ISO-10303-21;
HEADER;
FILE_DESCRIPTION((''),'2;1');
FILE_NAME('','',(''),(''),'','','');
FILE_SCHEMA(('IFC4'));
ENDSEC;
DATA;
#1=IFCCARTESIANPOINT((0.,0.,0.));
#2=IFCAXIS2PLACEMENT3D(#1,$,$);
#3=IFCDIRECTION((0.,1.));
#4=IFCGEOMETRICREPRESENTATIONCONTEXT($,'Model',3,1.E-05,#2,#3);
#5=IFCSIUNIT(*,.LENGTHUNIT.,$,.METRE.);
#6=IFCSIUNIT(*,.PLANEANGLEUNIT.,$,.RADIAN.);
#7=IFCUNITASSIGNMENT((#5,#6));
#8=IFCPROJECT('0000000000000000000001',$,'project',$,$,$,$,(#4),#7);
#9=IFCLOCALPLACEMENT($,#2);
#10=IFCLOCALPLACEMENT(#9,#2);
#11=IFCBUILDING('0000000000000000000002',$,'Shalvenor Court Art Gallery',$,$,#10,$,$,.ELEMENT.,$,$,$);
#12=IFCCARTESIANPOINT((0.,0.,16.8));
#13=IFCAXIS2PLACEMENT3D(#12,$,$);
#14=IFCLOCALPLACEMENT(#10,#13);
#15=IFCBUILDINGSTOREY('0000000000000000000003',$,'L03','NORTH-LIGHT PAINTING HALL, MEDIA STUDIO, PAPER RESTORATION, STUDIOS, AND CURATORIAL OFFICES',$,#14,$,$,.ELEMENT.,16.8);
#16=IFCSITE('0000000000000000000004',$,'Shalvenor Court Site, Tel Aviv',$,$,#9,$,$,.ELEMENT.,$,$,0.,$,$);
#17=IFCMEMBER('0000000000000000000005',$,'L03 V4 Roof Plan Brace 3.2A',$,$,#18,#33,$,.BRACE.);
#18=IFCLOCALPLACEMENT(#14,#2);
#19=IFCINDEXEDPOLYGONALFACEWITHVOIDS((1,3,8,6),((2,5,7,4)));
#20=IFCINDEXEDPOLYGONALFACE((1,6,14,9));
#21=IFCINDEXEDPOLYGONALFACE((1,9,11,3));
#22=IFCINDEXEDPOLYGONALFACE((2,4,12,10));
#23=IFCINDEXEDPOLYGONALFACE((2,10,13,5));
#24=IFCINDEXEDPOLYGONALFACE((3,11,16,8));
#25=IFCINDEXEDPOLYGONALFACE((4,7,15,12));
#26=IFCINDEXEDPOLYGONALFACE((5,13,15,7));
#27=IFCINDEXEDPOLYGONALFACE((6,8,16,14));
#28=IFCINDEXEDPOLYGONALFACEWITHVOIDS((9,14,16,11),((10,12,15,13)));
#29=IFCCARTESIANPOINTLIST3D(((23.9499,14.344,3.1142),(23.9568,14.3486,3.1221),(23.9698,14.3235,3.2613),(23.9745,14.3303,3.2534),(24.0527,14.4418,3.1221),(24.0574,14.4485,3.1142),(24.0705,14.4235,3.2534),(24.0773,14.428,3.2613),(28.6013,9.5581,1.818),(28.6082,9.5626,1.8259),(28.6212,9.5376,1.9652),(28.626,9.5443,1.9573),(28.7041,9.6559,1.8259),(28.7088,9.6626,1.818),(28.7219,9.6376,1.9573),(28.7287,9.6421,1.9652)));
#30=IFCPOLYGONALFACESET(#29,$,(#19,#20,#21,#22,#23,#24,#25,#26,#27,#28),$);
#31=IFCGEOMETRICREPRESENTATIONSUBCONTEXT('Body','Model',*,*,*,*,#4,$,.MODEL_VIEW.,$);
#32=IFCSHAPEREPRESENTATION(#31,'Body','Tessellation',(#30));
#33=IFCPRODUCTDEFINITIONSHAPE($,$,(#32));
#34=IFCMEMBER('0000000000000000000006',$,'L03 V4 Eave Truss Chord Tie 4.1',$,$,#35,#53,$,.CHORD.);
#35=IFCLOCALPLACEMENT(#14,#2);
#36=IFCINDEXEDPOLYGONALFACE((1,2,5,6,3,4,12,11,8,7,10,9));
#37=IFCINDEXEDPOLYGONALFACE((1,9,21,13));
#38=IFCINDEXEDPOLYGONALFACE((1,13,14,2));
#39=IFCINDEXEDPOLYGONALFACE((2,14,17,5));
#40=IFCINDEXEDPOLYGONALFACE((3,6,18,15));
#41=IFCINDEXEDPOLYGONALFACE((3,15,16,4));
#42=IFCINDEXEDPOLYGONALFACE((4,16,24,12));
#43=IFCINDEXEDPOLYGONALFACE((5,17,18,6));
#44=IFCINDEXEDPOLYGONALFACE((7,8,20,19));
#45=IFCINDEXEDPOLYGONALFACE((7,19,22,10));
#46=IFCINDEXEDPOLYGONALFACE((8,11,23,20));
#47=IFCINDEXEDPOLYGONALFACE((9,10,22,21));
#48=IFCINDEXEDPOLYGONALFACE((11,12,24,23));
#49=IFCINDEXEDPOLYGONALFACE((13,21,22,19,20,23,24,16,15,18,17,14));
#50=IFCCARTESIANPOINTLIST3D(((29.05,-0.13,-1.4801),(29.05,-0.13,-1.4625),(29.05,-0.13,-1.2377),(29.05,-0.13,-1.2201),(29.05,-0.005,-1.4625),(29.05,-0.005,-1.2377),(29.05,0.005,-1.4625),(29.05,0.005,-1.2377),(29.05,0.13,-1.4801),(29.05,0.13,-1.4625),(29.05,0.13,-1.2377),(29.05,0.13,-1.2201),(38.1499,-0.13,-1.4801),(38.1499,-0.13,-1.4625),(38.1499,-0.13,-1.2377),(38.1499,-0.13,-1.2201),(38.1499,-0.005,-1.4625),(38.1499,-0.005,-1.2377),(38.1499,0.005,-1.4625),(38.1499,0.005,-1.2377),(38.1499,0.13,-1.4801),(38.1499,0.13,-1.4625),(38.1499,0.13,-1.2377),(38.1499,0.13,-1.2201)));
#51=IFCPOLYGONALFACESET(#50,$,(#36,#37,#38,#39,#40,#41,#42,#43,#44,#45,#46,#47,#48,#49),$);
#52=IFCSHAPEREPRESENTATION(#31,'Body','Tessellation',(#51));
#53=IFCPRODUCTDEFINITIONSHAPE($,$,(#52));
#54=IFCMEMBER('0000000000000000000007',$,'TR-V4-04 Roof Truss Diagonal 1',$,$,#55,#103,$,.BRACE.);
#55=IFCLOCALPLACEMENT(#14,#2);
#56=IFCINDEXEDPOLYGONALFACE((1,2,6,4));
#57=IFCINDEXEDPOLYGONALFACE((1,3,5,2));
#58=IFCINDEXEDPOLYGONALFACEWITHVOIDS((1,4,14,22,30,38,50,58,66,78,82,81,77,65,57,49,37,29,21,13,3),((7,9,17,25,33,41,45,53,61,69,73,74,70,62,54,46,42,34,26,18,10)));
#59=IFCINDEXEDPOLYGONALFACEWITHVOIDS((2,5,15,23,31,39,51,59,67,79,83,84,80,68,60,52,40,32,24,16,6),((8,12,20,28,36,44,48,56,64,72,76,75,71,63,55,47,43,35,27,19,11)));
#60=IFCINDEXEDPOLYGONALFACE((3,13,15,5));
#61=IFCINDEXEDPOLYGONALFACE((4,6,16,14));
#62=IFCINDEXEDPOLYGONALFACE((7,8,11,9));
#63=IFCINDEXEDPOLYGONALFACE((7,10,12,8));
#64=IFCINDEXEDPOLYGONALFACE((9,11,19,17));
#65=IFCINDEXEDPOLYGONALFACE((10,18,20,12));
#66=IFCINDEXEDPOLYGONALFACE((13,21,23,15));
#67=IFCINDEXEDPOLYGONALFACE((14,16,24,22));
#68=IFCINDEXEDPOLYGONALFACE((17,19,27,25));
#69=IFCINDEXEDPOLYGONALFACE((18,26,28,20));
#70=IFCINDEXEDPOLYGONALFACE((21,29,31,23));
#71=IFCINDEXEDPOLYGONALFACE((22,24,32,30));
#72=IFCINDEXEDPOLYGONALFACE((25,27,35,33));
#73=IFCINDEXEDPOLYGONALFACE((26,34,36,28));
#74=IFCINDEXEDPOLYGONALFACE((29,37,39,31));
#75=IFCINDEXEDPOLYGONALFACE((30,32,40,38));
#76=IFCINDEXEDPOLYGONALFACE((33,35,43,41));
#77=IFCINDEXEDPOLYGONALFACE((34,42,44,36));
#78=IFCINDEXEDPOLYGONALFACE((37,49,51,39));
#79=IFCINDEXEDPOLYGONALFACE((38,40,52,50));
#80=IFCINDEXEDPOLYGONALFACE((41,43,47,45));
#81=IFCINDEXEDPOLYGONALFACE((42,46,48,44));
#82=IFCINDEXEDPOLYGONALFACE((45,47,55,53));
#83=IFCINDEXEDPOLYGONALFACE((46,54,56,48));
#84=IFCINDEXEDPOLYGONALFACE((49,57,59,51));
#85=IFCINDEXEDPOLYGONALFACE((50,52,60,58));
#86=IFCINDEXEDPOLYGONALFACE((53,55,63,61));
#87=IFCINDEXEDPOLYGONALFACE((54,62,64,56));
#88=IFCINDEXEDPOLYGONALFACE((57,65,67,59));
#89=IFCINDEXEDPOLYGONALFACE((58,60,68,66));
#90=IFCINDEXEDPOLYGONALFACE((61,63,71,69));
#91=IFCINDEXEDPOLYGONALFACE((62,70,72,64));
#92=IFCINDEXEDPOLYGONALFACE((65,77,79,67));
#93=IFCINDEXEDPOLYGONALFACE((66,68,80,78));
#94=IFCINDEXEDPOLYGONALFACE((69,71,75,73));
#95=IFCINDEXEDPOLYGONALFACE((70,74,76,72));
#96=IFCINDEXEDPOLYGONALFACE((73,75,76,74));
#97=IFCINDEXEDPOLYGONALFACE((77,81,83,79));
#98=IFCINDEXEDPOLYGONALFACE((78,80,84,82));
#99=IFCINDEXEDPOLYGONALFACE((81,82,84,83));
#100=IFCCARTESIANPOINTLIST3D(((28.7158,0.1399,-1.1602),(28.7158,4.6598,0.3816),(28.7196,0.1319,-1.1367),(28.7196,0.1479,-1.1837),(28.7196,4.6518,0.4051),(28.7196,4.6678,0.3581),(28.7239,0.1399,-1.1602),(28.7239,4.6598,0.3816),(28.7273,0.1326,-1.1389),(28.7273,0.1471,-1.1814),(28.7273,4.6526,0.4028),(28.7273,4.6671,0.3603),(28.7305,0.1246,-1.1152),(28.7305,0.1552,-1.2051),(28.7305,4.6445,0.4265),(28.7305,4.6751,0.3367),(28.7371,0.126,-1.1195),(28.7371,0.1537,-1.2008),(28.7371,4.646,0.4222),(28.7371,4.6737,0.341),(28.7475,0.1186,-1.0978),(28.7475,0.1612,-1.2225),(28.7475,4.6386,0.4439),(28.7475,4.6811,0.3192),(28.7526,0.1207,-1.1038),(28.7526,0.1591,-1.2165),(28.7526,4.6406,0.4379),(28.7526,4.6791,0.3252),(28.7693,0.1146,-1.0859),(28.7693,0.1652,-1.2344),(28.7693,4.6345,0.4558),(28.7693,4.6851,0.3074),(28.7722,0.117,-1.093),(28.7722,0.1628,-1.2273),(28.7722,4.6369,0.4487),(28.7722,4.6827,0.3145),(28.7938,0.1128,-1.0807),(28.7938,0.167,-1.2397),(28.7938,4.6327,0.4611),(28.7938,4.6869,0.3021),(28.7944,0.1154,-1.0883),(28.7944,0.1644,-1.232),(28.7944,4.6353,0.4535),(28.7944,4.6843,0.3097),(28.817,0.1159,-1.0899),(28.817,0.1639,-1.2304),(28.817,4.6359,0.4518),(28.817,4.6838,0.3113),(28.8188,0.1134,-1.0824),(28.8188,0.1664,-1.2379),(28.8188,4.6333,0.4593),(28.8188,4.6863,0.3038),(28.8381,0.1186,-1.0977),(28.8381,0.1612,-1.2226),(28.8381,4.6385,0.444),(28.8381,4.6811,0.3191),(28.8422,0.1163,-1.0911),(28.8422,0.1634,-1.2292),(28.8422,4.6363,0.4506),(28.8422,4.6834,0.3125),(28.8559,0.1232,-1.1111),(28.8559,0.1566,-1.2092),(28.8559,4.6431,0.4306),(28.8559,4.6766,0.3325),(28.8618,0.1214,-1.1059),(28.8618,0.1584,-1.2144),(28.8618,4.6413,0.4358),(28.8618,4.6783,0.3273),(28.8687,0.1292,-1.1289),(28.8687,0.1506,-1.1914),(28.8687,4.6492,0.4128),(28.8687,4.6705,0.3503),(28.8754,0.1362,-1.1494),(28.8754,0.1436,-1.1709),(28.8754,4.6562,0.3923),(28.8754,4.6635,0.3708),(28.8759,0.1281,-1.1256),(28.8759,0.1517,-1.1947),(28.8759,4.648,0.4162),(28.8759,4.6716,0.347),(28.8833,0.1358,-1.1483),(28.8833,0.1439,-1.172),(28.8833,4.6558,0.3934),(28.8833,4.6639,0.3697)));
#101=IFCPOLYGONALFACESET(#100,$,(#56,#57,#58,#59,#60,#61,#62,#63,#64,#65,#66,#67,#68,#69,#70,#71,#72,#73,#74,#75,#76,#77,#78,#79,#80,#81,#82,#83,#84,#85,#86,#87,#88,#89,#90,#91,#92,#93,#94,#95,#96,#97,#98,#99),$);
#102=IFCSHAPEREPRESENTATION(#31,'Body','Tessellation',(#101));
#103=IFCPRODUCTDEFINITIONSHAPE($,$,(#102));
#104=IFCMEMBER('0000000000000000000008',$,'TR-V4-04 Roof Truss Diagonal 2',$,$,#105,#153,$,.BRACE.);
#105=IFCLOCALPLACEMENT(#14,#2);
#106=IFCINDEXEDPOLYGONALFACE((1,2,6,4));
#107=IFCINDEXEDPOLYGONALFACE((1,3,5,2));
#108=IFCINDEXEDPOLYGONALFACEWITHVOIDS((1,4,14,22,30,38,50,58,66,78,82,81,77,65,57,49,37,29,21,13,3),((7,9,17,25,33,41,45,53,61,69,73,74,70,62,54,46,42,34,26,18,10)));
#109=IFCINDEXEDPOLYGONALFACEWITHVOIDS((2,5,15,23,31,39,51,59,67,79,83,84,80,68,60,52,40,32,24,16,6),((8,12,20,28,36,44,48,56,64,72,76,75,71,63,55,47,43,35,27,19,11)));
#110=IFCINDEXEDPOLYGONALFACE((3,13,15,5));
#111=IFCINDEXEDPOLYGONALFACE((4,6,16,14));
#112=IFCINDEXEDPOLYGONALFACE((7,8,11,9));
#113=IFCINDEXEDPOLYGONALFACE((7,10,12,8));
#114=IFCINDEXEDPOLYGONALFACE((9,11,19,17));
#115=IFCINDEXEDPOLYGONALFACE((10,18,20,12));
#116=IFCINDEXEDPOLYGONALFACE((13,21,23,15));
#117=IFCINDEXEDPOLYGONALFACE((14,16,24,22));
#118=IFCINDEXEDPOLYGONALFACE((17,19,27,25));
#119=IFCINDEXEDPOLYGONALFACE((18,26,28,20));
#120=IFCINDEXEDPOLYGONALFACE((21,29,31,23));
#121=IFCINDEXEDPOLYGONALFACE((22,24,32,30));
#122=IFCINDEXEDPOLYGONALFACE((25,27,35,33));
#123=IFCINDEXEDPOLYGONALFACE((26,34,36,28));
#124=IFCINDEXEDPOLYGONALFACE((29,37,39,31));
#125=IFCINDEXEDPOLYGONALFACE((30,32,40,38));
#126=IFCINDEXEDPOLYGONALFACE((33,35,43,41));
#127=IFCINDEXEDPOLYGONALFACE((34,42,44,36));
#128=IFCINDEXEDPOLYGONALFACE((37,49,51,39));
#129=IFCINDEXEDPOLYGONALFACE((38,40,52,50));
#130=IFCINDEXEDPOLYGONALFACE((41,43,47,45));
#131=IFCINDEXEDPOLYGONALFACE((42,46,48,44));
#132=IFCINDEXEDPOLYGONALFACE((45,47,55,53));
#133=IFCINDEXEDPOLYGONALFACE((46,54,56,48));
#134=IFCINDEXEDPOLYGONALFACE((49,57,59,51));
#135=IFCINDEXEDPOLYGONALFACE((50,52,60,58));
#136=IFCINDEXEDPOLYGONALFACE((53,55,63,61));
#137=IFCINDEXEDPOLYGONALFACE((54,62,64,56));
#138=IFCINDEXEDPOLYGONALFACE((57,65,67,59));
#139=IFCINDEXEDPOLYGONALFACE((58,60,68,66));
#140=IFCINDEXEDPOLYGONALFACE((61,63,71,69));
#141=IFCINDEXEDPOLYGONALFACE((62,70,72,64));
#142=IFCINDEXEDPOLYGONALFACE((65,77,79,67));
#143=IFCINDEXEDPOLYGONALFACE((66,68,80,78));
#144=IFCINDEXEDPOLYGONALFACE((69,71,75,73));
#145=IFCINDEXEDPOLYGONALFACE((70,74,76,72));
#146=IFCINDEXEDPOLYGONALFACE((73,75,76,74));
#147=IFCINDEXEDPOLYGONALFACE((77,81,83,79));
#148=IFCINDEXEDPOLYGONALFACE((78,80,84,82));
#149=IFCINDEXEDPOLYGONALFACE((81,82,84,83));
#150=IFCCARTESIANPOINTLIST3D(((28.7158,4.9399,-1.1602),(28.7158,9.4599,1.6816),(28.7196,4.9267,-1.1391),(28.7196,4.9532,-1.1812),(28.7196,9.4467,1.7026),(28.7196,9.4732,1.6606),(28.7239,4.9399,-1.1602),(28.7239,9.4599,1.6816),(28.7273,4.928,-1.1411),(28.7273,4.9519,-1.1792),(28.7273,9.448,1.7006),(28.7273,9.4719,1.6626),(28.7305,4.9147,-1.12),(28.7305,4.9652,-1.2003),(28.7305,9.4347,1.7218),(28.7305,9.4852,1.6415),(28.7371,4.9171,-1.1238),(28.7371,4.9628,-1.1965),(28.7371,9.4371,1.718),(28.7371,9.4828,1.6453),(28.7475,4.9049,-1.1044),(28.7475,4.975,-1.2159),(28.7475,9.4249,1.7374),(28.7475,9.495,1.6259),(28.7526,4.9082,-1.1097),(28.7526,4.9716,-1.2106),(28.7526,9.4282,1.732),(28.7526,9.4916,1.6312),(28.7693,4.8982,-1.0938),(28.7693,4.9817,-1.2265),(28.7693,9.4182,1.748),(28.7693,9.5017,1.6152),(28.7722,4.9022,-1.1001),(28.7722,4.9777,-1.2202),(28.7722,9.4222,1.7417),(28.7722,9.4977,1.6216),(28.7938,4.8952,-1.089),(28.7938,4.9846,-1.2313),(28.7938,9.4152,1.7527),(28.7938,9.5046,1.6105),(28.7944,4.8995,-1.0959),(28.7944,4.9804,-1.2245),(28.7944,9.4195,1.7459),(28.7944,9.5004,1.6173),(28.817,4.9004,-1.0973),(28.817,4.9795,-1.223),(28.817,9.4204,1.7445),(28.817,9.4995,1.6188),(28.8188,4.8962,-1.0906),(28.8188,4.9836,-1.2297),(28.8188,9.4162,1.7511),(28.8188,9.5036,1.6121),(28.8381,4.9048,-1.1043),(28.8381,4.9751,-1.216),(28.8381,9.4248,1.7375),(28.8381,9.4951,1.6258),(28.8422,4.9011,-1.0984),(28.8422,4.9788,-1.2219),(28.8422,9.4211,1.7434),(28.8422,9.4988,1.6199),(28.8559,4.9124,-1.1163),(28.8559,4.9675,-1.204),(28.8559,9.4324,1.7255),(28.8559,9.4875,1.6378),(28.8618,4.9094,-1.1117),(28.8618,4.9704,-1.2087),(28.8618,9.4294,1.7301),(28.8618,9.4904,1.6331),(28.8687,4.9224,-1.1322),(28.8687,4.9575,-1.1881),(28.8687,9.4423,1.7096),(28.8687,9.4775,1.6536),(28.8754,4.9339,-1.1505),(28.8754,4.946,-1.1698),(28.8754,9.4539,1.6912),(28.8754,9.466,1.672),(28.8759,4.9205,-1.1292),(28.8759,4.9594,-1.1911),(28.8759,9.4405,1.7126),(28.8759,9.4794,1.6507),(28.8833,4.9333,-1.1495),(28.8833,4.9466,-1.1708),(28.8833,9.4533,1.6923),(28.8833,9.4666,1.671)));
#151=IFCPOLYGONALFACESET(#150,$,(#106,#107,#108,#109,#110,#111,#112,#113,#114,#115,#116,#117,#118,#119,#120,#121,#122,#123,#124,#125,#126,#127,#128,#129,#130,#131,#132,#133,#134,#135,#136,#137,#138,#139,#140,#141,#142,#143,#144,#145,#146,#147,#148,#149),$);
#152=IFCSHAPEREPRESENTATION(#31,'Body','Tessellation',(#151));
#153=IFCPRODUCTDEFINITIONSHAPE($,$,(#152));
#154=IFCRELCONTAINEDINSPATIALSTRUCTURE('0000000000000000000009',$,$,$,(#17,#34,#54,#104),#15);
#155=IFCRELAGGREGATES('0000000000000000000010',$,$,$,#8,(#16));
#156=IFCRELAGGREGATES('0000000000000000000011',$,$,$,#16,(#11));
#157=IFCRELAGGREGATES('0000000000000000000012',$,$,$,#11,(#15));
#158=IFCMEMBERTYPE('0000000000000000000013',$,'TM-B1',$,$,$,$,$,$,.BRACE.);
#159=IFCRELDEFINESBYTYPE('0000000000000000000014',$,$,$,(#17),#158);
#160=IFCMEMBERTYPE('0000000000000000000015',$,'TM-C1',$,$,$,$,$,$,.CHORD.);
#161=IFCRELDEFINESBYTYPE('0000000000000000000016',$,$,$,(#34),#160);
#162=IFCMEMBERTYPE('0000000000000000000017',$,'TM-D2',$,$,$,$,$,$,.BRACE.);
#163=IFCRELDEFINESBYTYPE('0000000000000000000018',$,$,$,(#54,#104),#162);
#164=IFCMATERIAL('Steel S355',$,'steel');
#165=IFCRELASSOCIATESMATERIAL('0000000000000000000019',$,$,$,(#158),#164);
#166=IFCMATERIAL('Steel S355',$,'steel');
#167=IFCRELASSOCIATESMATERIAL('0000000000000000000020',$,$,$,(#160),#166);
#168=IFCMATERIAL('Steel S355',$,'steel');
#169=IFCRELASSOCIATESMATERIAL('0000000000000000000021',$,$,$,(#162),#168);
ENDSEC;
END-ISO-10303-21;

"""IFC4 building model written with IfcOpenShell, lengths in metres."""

from ifc_helpers import new_model, si_unit, direction, frame, origin, origin_2d, place, context, subcontext, project, spatial, hollow_rectangle, hollow_circle, i_section, extrude, material, material_profile, profile_set, type_object, element, save


model = new_model("IFC4")

# Units and contexts
model_context = context("Model", 3, precision=1e-05, world=origin(), true_north=direction((0.0, 1.0)))
body_context = subcontext(model_context, "Body", "Model", "MODEL_VIEW")
ifc_project = project(units=[si_unit("LENGTHUNIT", "METRE"), si_unit("PLANEANGLEUNIT", "RADIAN")], contexts=[model_context])

# Site, building, storey
site_placement = place(None, origin())
site = spatial("IfcSite", under=ifc_project, at=site_placement, Name="Shalvenor Court Site, Tel Aviv", CompositionType="ELEMENT", RefElevation=0.0)
building_placement = place(site_placement, origin())
building = spatial("IfcBuilding", under=site, at=building_placement, Name="Shalvenor Court Art Gallery", CompositionType="ELEMENT")
storey_placement = place(building_placement, frame((0.0, 0.0, 16.8)))
storey = spatial("IfcBuildingStorey", under=building, at=storey_placement, Name="L03", Description="NORTH-LIGHT PAINTING HALL, MEDIA STUDIO, PAPER RESTORATION, STUDIOS, AND CURATORIAL OFFICES", CompositionType="ELEMENT", Elevation=16.8)

# Members
ifc_material_1 = material(Name="Steel S355", Category="steel")
ifc_material_profile_1 = material_profile(ifc_material_1, hollow_rectangle(XDim=0.1499, YDim=0.1499, WallThickness=0.0081, at=origin_2d()), Name="SHS 150x150x8.0")
ifc_profile_set_1 = profile_set([ifc_material_profile_1], Name="Steel S355")
member_type_1 = type_object("IfcMemberType", Name="TM-B1", PredefinedType="BRACE", material=ifc_profile_set_1)
member_1_placement = place(storey_placement, frame((28.665, 9.6001, 1.8916), z_axis=(-0.684173, 0.70396, 0.190651), x_axis=(-0.717113, -0.696957, 0.0)))
element("IfcMember", 1, at=member_1_placement, inside=storey, type_object=member_type_1, Name="L03 V4 Roof Plan Brace 3.2A", PredefinedType="BRACE", context=body_context, shape_type="SweptSolid", body=[
    extrude(hollow_rectangle(XDim=0.1499, YDim=0.1499, WallThickness=0.0081, at=origin_2d()), origin(), (0.0, 0.0, 1.0), 6.7986),
])
ifc_material_2 = material(Name="Steel S355", Category="steel")
ifc_material_profile_2 = material_profile(ifc_material_2, i_section(OverallWidth=0.26, OverallDepth=0.26, WebThickness=0.01, FlangeThickness=0.0176, at=origin_2d()), Name="HEB 260")
ifc_profile_set_2 = profile_set([ifc_material_profile_2], Name="Steel S355")
member_type_2 = type_object("IfcMemberType", Name="TM-C1", PredefinedType="CHORD", material=ifc_profile_set_2)
member_2_placement = place(storey_placement, frame((29.05, 0.0, -1.3501), z_axis=(1.0, 0.0, 0.0), x_axis=(0.0, 1.0, 0.0)))
element("IfcMember", 2, at=member_2_placement, inside=storey, type_object=member_type_2, Name="L03 V4 Eave Truss Chord Tie 4.1", PredefinedType="CHORD", context=body_context, shape_type="SweptSolid", body=[
    extrude(i_section(OverallWidth=0.26, OverallDepth=0.26, WebThickness=0.01, FlangeThickness=0.0176, at=origin_2d()), origin(), (0.0, 0.0, 1.0), 9.0999),
])
ifc_material_3 = material(Name="Steel S355", Category="steel")
ifc_material_profile_3 = material_profile(ifc_material_3, hollow_circle(Radius=0.0842, WallThickness=0.0081, at=origin_2d()), Name="CHS 168.3x8.0")
ifc_profile_set_3 = profile_set([ifc_material_profile_3], Name="Steel S355")
member_type_3 = type_object("IfcMemberType", Name="TM-D2", PredefinedType="BRACE", material=ifc_profile_set_3)
member_3_placement = place(storey_placement, frame((28.8, 0.1399, -1.1602), z_axis=(0.0, 0.946457, 0.32283), x_axis=(-1.0, 0.0, 0.0)))
element("IfcMember", 3, at=member_3_placement, inside=storey, type_object=member_type_3, Name="TR-V4-04 Roof Truss Diagonal 1", PredefinedType="BRACE", context=body_context, shape_type="SweptSolid", body=[
    extrude(hollow_circle(Radius=0.0842, WallThickness=0.0081, at=origin_2d()), origin(), (0.0, 0.0, 1.0), 4.7756),
])
member_4_placement = place(storey_placement, frame((28.8, 4.9399, -1.1602), z_axis=(0.0, 0.846582, 0.532258), x_axis=(-1.0, 0.0, 0.0)))
element("IfcMember", 4, at=member_4_placement, inside=storey, type_object=member_type_3, Name="TR-V4-04 Roof Truss Diagonal 2", PredefinedType="BRACE", context=body_context, shape_type="SweptSolid", body=[
    extrude(hollow_circle(Radius=0.0842, WallThickness=0.0081, at=origin_2d()), origin(), (0.0, 0.0, 1.0), 5.3391),
])

save(model, "model.ifc")
